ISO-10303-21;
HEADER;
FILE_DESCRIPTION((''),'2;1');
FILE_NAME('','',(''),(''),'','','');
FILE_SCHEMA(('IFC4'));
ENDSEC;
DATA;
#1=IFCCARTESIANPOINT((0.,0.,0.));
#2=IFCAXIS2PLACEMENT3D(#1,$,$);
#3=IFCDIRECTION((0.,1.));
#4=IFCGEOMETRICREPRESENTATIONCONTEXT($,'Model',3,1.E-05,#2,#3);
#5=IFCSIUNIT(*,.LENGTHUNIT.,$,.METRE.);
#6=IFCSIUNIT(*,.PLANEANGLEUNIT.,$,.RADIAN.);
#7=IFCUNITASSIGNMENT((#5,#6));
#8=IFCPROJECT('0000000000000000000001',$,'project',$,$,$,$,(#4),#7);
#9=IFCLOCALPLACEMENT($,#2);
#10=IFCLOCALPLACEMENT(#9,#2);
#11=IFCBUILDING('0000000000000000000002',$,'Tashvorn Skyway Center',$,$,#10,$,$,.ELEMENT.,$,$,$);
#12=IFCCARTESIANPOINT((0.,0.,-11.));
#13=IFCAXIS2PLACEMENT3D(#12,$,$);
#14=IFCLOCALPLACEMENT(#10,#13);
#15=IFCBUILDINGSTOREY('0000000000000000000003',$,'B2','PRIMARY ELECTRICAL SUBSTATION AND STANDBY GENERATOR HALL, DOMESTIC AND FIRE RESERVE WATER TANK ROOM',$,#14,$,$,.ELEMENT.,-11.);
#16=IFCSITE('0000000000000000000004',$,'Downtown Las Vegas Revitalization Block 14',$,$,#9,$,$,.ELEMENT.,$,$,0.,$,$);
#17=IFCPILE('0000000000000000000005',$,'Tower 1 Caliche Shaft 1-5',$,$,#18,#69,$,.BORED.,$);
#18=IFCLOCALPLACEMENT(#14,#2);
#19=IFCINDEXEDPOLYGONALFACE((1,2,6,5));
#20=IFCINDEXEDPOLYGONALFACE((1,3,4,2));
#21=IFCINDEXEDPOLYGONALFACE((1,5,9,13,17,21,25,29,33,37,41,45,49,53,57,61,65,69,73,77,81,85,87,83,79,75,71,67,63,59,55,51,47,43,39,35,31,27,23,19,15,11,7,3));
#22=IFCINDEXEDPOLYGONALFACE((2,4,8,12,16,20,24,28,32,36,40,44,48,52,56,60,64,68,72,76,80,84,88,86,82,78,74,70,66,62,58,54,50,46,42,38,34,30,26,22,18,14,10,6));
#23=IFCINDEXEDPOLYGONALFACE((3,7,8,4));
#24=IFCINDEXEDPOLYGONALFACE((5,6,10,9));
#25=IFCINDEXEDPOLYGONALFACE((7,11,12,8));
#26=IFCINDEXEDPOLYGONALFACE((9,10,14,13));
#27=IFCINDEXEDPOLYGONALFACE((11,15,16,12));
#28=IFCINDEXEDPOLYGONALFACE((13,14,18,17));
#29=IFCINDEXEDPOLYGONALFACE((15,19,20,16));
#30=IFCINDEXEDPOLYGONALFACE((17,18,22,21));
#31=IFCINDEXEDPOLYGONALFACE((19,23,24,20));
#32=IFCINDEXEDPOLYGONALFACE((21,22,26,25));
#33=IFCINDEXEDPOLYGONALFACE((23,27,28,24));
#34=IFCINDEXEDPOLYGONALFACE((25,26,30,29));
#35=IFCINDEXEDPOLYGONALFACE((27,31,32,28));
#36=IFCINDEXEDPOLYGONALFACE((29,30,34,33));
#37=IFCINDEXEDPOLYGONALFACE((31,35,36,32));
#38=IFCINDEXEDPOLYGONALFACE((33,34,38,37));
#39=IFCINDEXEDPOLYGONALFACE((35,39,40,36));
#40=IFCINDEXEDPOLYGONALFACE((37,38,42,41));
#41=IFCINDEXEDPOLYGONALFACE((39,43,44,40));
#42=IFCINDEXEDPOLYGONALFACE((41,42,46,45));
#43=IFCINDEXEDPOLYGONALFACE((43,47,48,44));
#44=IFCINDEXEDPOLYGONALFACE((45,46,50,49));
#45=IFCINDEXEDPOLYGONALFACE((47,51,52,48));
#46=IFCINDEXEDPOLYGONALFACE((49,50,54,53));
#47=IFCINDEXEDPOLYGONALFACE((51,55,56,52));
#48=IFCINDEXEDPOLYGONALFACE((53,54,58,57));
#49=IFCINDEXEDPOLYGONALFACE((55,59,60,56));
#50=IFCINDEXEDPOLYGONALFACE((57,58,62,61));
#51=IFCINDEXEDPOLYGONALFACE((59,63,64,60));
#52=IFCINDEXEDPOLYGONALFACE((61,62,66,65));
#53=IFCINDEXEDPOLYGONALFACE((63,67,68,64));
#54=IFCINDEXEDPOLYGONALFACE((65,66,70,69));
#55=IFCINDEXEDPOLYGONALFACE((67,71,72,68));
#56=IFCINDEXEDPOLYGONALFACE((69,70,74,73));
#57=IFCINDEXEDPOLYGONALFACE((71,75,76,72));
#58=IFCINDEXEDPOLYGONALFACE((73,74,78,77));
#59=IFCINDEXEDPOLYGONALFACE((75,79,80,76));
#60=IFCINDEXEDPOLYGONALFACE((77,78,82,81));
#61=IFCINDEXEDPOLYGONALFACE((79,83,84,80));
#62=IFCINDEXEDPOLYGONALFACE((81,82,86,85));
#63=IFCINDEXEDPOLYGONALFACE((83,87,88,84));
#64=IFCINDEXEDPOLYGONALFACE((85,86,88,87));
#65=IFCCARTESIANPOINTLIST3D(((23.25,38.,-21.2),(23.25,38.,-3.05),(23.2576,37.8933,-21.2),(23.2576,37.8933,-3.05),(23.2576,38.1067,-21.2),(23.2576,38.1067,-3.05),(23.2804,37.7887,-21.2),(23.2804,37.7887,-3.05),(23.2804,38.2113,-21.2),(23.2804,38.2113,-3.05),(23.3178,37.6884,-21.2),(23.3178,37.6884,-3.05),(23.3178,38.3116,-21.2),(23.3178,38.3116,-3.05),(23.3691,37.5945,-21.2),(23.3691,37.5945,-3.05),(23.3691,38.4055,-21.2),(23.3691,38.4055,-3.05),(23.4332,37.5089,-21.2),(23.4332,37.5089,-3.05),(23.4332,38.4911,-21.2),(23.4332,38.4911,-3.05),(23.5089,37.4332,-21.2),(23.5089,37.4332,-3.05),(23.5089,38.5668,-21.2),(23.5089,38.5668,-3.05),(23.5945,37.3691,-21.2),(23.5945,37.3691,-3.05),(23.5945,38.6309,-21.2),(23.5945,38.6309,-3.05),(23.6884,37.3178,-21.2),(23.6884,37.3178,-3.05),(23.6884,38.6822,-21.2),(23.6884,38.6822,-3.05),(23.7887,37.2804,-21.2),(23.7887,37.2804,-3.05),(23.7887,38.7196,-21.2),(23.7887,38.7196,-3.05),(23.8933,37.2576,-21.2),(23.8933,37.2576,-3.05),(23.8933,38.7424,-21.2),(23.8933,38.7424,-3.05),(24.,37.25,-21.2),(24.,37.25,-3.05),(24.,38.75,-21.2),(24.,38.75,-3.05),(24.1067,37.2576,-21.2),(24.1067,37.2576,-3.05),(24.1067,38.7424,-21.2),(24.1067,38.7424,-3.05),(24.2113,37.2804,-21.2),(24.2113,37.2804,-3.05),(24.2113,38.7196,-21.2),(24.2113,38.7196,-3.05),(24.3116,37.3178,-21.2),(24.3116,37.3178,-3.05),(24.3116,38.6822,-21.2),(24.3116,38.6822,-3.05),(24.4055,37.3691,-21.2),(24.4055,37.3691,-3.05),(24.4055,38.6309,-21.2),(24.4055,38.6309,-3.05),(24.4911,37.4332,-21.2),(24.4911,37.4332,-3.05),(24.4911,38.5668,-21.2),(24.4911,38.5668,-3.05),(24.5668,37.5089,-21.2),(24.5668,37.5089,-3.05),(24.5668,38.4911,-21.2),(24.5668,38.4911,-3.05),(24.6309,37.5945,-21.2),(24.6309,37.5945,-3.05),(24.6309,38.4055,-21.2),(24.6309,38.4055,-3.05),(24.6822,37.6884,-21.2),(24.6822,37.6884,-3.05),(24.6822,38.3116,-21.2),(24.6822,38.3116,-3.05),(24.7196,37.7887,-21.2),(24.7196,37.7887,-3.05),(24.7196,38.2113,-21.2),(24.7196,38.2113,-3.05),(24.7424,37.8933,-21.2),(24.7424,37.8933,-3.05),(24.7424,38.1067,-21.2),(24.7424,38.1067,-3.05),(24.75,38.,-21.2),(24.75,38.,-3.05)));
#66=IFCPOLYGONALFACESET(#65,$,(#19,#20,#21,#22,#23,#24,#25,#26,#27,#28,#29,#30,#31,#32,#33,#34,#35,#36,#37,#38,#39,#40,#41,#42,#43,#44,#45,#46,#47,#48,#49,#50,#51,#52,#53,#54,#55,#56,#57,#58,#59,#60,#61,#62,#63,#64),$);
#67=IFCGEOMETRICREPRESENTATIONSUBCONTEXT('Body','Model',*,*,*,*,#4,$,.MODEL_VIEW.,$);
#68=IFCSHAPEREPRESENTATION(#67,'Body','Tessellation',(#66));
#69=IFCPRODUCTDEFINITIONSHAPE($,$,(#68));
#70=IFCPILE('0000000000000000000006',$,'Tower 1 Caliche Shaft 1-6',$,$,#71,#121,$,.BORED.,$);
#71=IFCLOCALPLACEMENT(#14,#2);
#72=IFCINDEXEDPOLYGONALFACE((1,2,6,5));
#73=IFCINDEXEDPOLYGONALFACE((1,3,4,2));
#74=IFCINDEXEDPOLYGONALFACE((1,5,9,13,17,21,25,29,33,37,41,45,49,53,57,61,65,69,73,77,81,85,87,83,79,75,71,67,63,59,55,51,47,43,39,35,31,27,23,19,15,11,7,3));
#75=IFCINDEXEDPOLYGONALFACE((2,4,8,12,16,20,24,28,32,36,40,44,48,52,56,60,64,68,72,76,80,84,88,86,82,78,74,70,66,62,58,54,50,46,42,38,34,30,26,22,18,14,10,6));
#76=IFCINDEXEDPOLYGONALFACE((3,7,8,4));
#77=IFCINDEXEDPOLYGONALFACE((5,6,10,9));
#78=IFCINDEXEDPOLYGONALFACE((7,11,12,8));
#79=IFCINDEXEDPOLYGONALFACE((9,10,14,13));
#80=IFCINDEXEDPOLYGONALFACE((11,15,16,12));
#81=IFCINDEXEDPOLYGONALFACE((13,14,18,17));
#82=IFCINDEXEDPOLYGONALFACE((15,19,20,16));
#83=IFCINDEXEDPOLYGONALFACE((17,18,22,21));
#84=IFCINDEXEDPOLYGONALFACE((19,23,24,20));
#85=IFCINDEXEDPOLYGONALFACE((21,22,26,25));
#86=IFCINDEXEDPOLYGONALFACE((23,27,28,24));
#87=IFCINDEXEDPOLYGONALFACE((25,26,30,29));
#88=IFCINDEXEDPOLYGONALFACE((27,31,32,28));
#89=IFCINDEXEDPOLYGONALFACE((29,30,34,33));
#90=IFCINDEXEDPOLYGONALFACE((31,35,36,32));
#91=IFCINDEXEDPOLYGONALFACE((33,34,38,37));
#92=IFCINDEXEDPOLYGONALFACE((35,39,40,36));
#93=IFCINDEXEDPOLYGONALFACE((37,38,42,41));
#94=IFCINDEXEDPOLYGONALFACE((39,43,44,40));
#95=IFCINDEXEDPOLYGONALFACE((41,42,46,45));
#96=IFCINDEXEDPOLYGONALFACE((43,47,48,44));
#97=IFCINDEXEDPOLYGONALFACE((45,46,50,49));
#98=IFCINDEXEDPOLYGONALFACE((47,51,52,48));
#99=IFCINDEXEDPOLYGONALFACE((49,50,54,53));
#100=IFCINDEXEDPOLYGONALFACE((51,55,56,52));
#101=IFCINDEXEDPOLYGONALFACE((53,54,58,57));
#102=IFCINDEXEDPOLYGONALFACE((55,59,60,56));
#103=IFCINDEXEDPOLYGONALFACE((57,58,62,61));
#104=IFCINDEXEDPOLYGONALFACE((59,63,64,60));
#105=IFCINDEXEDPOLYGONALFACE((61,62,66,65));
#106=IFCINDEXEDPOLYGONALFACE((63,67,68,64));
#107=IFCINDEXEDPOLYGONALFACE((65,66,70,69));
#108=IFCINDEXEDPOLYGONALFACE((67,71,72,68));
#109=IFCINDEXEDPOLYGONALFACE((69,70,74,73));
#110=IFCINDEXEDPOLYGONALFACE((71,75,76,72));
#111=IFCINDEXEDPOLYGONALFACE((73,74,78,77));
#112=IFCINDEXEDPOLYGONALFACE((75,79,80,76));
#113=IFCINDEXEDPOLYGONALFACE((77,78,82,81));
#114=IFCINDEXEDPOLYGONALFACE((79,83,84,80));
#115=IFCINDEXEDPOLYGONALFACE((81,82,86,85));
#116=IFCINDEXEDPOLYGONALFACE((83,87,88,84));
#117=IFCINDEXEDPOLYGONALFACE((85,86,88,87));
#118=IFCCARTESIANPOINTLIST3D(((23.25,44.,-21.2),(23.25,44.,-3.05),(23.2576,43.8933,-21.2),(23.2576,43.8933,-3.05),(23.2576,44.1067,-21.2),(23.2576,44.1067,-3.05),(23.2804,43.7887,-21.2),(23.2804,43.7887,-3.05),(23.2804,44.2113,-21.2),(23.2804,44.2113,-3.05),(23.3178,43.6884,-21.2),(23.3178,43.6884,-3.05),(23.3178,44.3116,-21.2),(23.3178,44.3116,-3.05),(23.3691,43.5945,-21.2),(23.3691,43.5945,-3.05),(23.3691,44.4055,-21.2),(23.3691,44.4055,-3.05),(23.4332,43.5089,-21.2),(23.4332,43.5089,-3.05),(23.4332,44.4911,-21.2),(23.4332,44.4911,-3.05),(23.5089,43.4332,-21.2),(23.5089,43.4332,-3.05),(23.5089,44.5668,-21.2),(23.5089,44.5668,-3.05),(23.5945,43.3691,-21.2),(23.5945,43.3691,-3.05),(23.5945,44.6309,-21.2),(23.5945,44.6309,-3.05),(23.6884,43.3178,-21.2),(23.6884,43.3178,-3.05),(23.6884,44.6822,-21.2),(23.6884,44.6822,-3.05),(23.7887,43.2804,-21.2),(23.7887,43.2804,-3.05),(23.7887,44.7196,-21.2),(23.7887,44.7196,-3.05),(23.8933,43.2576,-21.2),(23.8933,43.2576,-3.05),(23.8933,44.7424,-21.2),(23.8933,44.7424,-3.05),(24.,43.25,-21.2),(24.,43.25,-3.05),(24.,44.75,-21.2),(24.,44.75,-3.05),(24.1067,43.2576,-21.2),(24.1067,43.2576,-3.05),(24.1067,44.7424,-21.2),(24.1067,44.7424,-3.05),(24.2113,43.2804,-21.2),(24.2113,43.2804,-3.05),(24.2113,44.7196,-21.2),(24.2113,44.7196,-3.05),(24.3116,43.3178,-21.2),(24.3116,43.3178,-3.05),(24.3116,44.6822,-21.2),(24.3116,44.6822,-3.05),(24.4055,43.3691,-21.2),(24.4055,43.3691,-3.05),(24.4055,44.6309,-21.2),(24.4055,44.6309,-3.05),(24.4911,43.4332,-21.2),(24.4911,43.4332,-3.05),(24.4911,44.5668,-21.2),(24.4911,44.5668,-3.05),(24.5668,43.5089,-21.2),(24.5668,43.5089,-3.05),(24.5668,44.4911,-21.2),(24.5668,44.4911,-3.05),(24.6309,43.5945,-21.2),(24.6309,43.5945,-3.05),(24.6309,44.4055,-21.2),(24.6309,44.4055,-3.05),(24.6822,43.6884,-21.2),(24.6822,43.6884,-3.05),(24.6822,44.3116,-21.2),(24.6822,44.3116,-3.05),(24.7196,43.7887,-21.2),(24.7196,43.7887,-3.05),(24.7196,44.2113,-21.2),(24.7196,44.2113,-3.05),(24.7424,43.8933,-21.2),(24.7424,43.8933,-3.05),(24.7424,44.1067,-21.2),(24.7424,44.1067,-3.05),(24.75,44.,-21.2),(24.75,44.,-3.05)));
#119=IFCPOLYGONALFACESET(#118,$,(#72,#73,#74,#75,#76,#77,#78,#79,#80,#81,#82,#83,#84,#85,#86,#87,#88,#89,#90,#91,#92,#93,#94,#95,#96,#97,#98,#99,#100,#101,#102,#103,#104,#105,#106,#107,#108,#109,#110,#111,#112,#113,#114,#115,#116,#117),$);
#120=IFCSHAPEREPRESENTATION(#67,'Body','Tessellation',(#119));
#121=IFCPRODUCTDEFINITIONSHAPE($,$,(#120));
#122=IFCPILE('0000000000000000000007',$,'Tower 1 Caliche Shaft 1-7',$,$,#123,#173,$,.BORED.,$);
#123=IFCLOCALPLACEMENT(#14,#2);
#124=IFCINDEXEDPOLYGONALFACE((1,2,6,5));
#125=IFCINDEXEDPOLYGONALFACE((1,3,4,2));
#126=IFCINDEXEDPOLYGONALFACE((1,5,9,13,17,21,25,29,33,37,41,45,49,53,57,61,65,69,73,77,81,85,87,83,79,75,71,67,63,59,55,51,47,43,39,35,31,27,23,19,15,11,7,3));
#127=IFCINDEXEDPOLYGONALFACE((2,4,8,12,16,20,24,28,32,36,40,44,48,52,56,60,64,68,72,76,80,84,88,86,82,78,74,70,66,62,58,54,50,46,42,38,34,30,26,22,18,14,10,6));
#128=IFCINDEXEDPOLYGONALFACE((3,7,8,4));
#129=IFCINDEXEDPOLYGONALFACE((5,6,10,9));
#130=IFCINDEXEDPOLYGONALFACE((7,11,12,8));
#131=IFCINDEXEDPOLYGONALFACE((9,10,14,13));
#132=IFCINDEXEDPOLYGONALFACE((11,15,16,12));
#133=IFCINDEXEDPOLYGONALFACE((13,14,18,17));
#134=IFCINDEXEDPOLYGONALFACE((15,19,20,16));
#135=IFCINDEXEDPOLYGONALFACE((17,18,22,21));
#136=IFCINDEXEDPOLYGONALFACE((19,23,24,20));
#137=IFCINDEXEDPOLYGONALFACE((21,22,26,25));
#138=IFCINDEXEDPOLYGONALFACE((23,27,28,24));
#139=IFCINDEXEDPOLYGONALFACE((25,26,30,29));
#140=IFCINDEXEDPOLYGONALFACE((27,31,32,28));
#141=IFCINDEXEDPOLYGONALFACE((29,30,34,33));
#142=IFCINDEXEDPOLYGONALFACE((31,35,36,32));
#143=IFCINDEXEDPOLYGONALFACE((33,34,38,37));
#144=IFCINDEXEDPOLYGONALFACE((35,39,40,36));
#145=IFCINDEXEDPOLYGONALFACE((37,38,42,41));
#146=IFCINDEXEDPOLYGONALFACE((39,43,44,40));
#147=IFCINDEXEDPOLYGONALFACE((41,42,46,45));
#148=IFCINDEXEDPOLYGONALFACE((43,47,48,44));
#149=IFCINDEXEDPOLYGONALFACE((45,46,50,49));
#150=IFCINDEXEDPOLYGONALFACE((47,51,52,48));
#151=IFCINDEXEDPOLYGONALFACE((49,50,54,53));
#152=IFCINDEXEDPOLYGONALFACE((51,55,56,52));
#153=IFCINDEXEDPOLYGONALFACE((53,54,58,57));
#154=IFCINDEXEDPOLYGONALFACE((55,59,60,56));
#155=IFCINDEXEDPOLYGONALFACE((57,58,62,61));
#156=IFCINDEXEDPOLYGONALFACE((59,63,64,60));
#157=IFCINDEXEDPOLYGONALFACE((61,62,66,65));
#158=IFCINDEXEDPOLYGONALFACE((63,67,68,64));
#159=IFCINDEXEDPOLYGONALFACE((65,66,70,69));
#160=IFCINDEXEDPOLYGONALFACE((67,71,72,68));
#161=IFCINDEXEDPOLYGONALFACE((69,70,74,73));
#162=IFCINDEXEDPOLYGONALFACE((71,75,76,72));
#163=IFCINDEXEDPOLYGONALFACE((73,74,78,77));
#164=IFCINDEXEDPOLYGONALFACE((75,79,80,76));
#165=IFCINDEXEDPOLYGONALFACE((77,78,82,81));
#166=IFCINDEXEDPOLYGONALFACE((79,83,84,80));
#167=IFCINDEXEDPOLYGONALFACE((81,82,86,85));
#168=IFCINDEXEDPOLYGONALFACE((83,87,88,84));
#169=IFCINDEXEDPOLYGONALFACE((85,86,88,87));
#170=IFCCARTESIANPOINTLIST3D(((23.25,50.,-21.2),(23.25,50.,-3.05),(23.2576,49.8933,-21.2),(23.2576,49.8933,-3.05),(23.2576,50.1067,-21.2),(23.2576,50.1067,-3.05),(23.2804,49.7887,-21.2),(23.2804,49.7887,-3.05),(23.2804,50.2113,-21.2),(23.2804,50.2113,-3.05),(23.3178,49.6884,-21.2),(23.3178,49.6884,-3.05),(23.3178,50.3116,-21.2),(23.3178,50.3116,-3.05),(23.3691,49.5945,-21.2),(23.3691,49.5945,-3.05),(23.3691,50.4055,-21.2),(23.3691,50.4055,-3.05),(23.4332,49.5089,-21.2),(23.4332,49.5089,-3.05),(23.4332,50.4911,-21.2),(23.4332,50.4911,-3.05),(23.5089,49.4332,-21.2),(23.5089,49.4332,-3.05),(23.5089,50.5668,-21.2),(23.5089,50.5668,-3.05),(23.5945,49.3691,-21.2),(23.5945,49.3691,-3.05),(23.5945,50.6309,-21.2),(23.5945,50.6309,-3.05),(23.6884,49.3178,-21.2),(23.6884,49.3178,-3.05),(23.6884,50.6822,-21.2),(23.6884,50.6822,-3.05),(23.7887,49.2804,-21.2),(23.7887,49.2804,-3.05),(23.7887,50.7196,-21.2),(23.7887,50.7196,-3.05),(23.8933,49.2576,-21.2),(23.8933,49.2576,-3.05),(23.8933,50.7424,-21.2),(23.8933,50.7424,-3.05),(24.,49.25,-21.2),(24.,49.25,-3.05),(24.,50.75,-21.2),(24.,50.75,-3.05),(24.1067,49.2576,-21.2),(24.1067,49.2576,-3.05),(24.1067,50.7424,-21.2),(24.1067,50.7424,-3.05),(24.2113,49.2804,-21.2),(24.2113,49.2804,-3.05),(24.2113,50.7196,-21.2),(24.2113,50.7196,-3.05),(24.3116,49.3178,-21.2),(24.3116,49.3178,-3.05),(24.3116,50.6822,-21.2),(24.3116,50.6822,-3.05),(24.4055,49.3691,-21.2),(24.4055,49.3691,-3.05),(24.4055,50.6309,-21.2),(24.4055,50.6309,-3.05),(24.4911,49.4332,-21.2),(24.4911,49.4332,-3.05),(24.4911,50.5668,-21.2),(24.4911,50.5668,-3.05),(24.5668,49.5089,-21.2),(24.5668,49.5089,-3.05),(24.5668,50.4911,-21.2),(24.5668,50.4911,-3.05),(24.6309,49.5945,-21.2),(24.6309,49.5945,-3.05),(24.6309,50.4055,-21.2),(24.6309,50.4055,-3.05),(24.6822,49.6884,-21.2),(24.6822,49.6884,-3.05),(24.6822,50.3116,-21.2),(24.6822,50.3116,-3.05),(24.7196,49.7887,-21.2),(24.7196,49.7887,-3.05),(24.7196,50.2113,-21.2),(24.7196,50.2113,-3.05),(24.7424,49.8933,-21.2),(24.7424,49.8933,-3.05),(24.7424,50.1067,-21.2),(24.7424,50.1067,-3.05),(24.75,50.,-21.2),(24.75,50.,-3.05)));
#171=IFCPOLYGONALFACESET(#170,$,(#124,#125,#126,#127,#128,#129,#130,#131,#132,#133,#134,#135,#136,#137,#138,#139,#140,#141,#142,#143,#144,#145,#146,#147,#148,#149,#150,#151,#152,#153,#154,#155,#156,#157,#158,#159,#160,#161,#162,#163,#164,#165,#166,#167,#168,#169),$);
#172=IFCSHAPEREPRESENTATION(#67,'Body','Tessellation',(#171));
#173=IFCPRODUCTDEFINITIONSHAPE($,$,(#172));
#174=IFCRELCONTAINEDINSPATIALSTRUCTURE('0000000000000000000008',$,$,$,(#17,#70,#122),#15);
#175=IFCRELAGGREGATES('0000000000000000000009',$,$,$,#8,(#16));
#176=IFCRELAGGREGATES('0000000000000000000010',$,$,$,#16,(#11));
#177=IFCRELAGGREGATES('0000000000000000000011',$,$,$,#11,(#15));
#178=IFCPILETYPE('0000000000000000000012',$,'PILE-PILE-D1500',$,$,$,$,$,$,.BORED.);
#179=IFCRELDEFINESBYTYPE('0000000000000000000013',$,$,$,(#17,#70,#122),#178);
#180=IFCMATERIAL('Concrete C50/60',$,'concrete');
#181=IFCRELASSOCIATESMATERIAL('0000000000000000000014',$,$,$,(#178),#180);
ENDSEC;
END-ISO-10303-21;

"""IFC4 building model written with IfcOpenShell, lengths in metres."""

from ifc_helpers import new_model, si_unit, direction, frame, origin, origin_2d, place, context, subcontext, project, spatial, circle, extrude, material, material_profile, profile_set, type_object, element, save


model = new_model("IFC4")

# Units and contexts
model_context = context("Model", 3, precision=1e-05, world=origin(), true_north=direction((0.0, 1.0)))
body_context = subcontext(model_context, "Body", "Model", "MODEL_VIEW")
ifc_project = project(units=[si_unit("LENGTHUNIT", "METRE"), si_unit("PLANEANGLEUNIT", "RADIAN")], contexts=[model_context])

# Site, building, storey
site_placement = place(None, origin())
site = spatial("IfcSite", under=ifc_project, at=site_placement, Name="Downtown Las Vegas Revitalization Block 14", CompositionType="ELEMENT", RefElevation=0.0)
building_placement = place(site_placement, origin())
building = spatial("IfcBuilding", under=site, at=building_placement, Name="Tashvorn Skyway Center", CompositionType="ELEMENT")
storey_placement = place(building_placement, frame((0.0, 0.0, -11.0)))
storey = spatial("IfcBuildingStorey", under=building, at=storey_placement, Name="B2", Description="PRIMARY ELECTRICAL SUBSTATION AND STANDBY GENERATOR HALL, DOMESTIC AND FIRE RESERVE WATER TANK ROOM", CompositionType="ELEMENT", Elevation=-11.0)

# Piles
ifc_material_1 = material(Name="Concrete C50/60", Category="concrete")
ifc_material_profile_1 = material_profile(ifc_material_1, circle(Radius=0.75, at=origin_2d()), Name="PILE-D1500")
ifc_profile_set_1 = profile_set([ifc_material_profile_1], Name="Concrete C50/60")
pile_type = type_object("IfcPileType", Name="PILE-PILE-D1500", PredefinedType="BORED", material=ifc_profile_set_1)
for number, where, z_axis, x_axis, name in (
    (1, (24.0, 38.0, -3.05), (0.0, 0.0, -1.0), (1.0, 0.0, 0.0), "Tower 1 Caliche Shaft 1-5"),
    (2, (24.0, 44.0, -3.05), (0.0, 0.0, -1.0), (1.0, 0.0, 0.0), "Tower 1 Caliche Shaft 1-6"),
    (3, (24.0, 50.0, -3.05), (0.0, 0.0, -1.0), (1.0, 0.0, 0.0), "Tower 1 Caliche Shaft 1-7"),
):
    element("IfcPile", number, at=place(storey_placement, frame(where, z_axis=z_axis, x_axis=x_axis)), inside=storey, type_object=pile_type, Name=name, PredefinedType="BORED", context=body_context, shape_type="SweptSolid", body=[
        extrude(circle(Radius=0.75, at=origin_2d()), origin(), (0.0, 0.0, 1.0), 18.1499),
    ])

save(model, "model.ifc")
